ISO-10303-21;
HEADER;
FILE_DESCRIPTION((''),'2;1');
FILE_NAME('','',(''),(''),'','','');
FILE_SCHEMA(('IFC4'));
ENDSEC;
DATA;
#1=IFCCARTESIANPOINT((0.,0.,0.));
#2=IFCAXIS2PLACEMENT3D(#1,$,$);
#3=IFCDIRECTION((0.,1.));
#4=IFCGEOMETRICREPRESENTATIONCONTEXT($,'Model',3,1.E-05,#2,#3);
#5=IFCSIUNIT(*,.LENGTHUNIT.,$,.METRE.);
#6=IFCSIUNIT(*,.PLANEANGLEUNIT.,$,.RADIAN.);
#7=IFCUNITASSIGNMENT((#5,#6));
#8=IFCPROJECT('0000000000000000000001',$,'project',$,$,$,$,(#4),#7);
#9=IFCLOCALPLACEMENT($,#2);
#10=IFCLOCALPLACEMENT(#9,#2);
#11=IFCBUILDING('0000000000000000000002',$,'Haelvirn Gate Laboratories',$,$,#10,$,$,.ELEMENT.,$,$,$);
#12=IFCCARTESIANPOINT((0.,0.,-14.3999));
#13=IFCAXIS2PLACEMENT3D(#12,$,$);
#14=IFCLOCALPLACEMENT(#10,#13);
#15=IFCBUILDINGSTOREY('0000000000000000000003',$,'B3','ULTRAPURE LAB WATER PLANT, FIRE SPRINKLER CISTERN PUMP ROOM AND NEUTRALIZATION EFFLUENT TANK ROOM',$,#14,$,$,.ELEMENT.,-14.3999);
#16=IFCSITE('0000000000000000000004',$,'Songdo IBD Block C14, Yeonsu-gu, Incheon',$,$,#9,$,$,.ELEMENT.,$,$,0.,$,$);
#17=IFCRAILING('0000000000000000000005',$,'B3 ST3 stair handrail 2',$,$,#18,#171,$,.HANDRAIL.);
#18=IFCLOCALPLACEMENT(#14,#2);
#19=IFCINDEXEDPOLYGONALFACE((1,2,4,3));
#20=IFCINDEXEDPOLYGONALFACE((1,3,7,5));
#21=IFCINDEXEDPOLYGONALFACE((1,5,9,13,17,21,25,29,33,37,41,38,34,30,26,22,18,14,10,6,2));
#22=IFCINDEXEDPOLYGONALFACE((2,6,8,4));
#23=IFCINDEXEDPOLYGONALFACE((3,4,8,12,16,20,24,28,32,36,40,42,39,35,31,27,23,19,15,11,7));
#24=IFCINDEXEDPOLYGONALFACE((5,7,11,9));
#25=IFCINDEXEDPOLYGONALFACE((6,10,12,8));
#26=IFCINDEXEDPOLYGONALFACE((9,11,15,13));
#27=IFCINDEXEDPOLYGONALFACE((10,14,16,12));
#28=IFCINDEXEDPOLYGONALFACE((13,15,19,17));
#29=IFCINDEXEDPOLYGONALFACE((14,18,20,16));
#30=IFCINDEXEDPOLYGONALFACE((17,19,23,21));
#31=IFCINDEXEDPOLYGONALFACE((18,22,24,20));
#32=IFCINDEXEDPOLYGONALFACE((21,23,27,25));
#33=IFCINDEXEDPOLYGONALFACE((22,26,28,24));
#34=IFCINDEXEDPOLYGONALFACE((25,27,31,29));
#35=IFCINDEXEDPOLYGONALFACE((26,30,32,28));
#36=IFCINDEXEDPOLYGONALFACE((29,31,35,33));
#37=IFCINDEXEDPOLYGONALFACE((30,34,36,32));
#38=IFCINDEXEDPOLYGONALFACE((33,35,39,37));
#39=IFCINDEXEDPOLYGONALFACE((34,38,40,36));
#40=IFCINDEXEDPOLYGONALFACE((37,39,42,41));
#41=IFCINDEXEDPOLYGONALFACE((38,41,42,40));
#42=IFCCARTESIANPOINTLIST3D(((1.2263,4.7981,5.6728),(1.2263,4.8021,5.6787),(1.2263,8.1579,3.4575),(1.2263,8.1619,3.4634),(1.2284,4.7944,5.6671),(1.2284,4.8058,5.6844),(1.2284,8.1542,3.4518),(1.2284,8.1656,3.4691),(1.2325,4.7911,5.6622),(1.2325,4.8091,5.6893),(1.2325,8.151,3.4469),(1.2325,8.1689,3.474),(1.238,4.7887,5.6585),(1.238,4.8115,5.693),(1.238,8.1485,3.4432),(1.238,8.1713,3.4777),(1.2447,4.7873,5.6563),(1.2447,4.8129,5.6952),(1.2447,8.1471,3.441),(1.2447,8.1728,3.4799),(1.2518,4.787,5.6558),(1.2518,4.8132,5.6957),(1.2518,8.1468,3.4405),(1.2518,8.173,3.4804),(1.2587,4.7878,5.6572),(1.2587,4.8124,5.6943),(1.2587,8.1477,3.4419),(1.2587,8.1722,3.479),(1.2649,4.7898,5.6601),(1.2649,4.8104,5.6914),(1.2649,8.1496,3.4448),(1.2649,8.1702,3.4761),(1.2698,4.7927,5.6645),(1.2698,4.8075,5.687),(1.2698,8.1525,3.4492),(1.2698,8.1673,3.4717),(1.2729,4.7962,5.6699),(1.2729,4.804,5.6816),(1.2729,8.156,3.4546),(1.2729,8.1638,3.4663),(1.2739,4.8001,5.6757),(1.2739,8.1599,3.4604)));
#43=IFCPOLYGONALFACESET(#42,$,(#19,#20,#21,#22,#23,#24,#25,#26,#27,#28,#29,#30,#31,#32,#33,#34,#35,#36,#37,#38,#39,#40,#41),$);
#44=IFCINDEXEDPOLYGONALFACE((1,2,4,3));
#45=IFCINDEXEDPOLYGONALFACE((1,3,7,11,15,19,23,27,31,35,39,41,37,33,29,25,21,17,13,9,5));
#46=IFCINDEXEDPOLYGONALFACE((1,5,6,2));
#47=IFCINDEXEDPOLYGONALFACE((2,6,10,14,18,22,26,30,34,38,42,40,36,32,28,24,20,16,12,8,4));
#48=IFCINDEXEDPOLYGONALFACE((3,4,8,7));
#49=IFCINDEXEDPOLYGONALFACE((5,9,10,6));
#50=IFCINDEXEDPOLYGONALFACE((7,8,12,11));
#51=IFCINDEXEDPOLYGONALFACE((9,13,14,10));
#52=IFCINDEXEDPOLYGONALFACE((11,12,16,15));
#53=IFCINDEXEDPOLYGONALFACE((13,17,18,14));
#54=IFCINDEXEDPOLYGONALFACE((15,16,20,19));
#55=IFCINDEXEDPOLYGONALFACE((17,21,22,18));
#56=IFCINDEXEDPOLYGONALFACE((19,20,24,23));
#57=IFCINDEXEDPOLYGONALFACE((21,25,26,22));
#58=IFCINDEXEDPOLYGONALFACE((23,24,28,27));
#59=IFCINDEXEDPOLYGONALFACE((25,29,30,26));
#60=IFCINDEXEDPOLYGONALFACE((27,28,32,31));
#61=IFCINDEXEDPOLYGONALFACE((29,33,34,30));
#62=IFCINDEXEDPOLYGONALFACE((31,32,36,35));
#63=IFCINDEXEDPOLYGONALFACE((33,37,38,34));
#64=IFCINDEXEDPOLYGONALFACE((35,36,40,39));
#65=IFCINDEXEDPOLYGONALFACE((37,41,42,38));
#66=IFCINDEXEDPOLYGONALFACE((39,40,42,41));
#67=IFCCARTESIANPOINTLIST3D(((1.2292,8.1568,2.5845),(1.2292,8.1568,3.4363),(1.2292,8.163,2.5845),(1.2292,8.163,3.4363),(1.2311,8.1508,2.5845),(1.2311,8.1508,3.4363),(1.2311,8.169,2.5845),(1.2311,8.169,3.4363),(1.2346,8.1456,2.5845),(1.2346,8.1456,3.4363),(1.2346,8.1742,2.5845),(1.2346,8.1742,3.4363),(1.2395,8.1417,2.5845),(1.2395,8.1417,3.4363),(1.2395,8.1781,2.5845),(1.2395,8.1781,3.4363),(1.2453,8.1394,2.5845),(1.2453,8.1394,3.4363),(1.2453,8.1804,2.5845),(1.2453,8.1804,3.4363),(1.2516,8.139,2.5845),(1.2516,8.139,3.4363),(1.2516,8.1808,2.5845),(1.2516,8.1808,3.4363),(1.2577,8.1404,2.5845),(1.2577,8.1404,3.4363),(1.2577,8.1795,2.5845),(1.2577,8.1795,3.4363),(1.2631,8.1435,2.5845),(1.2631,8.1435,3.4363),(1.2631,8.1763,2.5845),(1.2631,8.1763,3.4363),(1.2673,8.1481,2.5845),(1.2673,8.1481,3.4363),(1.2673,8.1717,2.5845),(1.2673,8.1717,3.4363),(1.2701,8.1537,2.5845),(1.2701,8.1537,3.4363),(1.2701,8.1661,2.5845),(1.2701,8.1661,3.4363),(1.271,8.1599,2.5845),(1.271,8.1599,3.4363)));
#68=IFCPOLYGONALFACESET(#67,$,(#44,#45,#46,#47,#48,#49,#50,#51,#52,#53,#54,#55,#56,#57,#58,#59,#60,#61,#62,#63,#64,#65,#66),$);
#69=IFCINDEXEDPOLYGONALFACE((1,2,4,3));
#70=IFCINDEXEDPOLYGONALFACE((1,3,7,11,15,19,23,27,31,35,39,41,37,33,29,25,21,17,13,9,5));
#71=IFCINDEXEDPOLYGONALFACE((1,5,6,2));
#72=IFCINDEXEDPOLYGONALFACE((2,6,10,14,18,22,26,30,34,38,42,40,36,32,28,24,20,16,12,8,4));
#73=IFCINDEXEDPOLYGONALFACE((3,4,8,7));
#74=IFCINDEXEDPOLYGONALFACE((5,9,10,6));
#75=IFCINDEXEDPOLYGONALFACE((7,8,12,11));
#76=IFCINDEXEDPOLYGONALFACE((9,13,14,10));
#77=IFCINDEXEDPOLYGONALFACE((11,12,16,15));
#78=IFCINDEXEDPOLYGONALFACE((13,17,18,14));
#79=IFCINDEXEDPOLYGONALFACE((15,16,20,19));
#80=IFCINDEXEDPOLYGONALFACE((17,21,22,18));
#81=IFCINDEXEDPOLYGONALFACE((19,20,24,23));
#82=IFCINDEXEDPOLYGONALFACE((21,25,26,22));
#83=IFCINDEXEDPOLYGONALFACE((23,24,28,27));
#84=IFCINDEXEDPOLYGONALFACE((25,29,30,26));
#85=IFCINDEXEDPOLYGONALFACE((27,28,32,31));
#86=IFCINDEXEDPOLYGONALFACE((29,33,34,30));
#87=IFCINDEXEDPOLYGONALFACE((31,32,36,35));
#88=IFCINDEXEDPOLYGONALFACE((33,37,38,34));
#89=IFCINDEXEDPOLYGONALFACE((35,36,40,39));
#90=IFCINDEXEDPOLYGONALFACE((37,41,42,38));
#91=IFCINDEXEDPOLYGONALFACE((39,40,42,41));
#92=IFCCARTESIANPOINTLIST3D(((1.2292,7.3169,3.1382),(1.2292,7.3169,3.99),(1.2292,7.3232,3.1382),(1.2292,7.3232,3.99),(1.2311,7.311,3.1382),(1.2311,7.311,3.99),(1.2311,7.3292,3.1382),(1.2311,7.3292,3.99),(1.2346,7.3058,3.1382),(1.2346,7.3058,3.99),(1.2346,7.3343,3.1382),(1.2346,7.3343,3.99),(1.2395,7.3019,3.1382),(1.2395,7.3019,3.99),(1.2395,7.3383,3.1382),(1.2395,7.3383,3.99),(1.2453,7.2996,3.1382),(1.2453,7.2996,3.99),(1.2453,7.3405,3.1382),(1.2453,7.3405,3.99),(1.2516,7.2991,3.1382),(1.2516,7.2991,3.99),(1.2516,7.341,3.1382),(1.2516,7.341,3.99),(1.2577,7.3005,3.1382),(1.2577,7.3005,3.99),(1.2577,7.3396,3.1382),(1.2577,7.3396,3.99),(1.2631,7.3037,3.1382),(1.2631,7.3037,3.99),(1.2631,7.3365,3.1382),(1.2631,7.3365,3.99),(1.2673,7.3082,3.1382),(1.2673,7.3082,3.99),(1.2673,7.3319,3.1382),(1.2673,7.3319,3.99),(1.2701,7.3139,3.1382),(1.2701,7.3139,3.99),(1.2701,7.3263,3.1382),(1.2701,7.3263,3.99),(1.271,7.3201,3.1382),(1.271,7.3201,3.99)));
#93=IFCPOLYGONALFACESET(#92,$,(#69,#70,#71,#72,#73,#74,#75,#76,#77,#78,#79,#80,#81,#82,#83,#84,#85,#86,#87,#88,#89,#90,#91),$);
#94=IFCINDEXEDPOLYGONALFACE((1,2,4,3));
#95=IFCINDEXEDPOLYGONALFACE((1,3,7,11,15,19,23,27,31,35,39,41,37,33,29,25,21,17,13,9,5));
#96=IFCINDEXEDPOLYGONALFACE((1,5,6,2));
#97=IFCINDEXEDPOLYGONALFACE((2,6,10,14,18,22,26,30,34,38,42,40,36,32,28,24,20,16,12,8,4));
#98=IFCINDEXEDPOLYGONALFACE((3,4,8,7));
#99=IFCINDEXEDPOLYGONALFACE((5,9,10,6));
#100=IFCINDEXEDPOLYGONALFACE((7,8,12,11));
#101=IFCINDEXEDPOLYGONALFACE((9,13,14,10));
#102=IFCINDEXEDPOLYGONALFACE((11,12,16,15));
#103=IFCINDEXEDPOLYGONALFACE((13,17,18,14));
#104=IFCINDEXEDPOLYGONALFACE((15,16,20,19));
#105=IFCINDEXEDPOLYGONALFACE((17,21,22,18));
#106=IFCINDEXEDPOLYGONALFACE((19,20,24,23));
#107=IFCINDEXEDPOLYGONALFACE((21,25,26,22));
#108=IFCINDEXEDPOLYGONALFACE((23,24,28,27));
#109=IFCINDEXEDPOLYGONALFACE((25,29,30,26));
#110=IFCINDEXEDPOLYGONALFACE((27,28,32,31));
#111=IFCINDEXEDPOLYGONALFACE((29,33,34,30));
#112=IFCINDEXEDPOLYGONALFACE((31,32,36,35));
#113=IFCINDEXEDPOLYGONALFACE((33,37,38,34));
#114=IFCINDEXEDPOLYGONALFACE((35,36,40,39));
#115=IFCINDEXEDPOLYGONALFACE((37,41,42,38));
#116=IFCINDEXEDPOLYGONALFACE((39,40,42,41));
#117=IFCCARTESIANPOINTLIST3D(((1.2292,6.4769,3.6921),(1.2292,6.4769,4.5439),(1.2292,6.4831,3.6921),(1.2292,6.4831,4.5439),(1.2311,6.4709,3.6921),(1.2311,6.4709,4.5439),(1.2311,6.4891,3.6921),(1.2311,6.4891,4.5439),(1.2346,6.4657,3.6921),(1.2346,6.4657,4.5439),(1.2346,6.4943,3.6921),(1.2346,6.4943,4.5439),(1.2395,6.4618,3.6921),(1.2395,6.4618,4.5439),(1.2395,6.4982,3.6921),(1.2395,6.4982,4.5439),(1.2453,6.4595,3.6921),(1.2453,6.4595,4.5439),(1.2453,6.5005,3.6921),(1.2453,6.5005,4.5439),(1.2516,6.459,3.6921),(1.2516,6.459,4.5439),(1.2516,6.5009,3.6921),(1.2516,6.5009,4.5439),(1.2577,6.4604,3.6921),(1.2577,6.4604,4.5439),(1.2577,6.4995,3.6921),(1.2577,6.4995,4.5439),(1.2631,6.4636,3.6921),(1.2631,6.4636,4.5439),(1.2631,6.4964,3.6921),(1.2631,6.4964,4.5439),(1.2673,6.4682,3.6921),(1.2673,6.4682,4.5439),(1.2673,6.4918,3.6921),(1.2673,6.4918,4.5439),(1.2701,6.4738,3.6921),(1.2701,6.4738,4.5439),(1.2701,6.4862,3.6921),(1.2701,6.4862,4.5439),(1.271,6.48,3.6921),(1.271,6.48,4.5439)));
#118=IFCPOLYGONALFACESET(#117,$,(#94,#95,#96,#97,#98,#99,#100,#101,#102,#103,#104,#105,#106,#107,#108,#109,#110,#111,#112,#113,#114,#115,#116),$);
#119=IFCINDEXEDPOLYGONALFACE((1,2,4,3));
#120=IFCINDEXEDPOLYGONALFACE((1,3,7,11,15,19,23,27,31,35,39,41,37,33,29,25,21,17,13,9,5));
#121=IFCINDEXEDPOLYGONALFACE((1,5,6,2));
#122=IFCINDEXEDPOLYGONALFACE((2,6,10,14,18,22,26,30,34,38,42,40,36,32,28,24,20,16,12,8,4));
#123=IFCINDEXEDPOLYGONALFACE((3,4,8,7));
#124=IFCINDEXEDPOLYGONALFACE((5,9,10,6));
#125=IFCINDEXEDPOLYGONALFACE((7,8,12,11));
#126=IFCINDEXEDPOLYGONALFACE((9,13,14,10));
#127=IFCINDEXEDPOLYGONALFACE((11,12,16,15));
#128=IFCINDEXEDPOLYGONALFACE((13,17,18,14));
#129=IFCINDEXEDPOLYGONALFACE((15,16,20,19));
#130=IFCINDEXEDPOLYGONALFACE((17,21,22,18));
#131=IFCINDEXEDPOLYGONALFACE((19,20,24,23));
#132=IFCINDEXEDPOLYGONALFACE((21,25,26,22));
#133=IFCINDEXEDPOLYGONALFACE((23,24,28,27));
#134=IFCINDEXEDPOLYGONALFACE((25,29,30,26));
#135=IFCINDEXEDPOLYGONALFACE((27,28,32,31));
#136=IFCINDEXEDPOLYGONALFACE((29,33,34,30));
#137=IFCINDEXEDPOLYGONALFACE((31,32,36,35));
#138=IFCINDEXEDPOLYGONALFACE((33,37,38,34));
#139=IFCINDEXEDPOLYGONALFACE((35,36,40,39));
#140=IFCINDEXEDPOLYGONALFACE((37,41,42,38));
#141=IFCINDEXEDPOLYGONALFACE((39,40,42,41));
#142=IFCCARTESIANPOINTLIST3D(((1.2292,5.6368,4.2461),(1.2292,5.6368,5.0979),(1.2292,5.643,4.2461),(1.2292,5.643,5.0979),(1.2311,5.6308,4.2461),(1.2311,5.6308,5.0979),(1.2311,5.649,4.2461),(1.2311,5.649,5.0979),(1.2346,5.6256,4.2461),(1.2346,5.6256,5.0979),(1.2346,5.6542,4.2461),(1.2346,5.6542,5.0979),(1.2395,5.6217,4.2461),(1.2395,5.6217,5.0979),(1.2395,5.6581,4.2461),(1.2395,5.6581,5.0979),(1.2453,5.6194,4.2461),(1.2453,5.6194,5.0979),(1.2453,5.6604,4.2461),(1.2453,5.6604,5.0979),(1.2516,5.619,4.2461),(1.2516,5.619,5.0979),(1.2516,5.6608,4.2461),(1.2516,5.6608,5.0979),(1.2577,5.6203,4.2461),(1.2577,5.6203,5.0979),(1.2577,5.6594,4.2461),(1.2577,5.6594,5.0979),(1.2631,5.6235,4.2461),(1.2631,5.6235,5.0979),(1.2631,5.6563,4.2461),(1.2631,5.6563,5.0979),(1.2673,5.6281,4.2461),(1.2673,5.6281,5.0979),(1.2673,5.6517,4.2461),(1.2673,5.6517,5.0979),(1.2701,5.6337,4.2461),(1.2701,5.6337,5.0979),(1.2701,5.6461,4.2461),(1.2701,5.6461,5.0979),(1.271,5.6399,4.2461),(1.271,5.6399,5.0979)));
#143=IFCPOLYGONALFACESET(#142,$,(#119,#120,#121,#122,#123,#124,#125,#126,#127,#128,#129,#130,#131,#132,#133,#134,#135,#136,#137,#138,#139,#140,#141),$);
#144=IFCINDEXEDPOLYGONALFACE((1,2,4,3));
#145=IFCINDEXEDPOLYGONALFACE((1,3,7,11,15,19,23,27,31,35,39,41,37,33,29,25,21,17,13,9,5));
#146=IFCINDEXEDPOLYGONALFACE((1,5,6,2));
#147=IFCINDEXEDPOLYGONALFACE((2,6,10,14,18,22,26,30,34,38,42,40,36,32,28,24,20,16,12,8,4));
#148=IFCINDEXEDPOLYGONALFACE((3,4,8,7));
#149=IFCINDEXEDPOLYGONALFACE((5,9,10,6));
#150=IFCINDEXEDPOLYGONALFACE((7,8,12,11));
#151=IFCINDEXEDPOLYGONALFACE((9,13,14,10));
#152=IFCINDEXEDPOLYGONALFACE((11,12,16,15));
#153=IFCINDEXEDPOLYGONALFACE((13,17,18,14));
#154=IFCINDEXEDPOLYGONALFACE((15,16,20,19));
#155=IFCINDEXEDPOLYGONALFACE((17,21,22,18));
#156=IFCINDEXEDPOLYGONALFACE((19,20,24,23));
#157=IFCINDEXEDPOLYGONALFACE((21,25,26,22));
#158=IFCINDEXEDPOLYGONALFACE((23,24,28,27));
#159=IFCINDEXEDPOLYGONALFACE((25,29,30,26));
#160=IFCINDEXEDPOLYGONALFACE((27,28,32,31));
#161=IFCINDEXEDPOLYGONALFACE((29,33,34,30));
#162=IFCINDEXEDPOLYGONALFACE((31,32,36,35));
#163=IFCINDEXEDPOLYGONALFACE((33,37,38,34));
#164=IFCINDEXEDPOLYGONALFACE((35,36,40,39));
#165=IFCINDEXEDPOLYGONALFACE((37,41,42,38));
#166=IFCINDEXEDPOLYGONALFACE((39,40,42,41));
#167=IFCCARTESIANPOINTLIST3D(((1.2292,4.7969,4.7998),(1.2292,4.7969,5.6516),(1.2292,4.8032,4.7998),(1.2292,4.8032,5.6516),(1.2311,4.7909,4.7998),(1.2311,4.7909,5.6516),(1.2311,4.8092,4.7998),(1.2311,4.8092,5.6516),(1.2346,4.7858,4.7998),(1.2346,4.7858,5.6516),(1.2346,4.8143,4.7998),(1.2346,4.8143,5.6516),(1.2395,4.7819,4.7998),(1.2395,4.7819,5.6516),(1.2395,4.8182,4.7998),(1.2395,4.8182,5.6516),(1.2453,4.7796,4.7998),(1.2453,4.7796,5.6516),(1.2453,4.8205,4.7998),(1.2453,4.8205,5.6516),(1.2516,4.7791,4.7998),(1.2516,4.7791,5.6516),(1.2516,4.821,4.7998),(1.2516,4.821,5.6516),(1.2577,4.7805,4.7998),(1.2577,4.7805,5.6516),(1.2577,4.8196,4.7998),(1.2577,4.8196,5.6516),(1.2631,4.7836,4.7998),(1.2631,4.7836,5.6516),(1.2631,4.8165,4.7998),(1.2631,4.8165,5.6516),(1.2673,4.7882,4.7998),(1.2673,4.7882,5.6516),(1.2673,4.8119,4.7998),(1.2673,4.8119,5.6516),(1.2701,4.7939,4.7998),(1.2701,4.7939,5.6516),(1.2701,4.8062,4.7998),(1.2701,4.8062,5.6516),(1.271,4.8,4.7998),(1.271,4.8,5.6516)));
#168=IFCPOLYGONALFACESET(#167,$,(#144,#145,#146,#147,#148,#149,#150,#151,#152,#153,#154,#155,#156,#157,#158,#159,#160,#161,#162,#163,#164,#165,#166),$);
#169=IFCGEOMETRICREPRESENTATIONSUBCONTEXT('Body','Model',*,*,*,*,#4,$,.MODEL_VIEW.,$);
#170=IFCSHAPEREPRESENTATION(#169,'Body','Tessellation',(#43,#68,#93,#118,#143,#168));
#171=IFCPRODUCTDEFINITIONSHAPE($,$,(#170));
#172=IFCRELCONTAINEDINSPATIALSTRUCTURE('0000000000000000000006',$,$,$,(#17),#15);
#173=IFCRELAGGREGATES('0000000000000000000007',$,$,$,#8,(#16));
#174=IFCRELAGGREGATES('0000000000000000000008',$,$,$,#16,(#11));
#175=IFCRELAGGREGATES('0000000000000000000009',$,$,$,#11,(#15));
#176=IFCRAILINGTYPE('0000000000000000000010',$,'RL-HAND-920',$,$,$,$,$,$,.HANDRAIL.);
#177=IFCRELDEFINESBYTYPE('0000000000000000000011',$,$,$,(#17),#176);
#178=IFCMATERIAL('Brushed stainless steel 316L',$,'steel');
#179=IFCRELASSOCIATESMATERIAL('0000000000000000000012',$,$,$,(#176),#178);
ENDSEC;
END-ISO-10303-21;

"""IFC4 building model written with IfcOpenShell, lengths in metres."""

from ifc_helpers import new_model, si_unit, direction, frame, origin, origin_2d, place, context, subcontext, project, spatial, circle, extrude, source, transform, mapped, material, type_object, element, save


model = new_model("IFC4")

# Units and contexts
model_context = context("Model", 3, precision=1e-05, world=origin(), true_north=direction((0.0, 1.0)))
body_context = subcontext(model_context, "Body", "Model", "MODEL_VIEW")
ifc_project = project(units=[si_unit("LENGTHUNIT", "METRE"), si_unit("PLANEANGLEUNIT", "RADIAN")], contexts=[model_context])

# Site, building, storey
site_placement = place(None, origin())
site = spatial("IfcSite", under=ifc_project, at=site_placement, Name="Songdo IBD Block C14, Yeonsu-gu, Incheon", CompositionType="ELEMENT", RefElevation=0.0)
building_placement = place(site_placement, origin())
building = spatial("IfcBuilding", under=site, at=building_placement, Name="Haelvirn Gate Laboratories", CompositionType="ELEMENT")
storey_placement = place(building_placement, frame((0.0, 0.0, -14.3999)))
storey = spatial("IfcBuildingStorey", under=building, at=storey_placement, Name="B3", Description="ULTRAPURE LAB WATER PLANT, FIRE SPRINKLER CISTERN PUMP ROOM AND NEUTRALIZATION EFFLUENT TANK ROOM", CompositionType="ELEMENT", Elevation=-14.3999)

# Railing
ifc_material_1 = material(Name="Brushed stainless steel 316L", Category="steel")
railing_type_1 = type_object("IfcRailingType", Name="RL-HAND-920", PredefinedType="HANDRAIL", material=ifc_material_1)
shared_shape_1 = source(origin(), body_context, "Body", "SweptSolid", [
    extrude(circle(Radius=0.0239, at=origin_2d()), frame((0.0, 0.0, 0.876), z_axis=(0.0, -0.834858, 0.550465), x_axis=(1.0, 0.0, 0.0)), (0.0, 0.0, 1.0), 4.0244),
    extrude(circle(Radius=0.021, at=origin_2d()), origin(), (0.0, 0.0, 1.0), 0.8518),
    extrude(circle(Radius=0.021, at=origin_2d()), frame((0.0, -0.8398, 0.5537)), (0.0, 0.0, 1.0), 0.8518),
    extrude(circle(Radius=0.021, at=origin_2d()), frame((0.0, -1.6799, 1.1077)), (0.0, 0.0, 1.0), 0.8518),
    extrude(circle(Radius=0.021, at=origin_2d()), frame((0.0, -2.52, 1.6616)), (0.0, 0.0, 1.0), 0.8518),
    extrude(circle(Radius=0.021, at=origin_2d()), frame((0.0, -3.3599, 2.2153)), (0.0, 0.0, 1.0), 0.8518),
])
railing_1_placement = place(storey_placement, frame((1.25, 8.1599, 2.5845)))
element("IfcRailing", 1, at=railing_1_placement, inside=storey, type_object=railing_type_1, Name="B3 ST3 stair handrail 2", PredefinedType="HANDRAIL", context=body_context, shape_type="MappedRepresentation", body=[
    mapped(shared_shape_1, transform((0.0, 0.0, 0.0), scale=1.0)),
])

save(model, "model.ifc")
